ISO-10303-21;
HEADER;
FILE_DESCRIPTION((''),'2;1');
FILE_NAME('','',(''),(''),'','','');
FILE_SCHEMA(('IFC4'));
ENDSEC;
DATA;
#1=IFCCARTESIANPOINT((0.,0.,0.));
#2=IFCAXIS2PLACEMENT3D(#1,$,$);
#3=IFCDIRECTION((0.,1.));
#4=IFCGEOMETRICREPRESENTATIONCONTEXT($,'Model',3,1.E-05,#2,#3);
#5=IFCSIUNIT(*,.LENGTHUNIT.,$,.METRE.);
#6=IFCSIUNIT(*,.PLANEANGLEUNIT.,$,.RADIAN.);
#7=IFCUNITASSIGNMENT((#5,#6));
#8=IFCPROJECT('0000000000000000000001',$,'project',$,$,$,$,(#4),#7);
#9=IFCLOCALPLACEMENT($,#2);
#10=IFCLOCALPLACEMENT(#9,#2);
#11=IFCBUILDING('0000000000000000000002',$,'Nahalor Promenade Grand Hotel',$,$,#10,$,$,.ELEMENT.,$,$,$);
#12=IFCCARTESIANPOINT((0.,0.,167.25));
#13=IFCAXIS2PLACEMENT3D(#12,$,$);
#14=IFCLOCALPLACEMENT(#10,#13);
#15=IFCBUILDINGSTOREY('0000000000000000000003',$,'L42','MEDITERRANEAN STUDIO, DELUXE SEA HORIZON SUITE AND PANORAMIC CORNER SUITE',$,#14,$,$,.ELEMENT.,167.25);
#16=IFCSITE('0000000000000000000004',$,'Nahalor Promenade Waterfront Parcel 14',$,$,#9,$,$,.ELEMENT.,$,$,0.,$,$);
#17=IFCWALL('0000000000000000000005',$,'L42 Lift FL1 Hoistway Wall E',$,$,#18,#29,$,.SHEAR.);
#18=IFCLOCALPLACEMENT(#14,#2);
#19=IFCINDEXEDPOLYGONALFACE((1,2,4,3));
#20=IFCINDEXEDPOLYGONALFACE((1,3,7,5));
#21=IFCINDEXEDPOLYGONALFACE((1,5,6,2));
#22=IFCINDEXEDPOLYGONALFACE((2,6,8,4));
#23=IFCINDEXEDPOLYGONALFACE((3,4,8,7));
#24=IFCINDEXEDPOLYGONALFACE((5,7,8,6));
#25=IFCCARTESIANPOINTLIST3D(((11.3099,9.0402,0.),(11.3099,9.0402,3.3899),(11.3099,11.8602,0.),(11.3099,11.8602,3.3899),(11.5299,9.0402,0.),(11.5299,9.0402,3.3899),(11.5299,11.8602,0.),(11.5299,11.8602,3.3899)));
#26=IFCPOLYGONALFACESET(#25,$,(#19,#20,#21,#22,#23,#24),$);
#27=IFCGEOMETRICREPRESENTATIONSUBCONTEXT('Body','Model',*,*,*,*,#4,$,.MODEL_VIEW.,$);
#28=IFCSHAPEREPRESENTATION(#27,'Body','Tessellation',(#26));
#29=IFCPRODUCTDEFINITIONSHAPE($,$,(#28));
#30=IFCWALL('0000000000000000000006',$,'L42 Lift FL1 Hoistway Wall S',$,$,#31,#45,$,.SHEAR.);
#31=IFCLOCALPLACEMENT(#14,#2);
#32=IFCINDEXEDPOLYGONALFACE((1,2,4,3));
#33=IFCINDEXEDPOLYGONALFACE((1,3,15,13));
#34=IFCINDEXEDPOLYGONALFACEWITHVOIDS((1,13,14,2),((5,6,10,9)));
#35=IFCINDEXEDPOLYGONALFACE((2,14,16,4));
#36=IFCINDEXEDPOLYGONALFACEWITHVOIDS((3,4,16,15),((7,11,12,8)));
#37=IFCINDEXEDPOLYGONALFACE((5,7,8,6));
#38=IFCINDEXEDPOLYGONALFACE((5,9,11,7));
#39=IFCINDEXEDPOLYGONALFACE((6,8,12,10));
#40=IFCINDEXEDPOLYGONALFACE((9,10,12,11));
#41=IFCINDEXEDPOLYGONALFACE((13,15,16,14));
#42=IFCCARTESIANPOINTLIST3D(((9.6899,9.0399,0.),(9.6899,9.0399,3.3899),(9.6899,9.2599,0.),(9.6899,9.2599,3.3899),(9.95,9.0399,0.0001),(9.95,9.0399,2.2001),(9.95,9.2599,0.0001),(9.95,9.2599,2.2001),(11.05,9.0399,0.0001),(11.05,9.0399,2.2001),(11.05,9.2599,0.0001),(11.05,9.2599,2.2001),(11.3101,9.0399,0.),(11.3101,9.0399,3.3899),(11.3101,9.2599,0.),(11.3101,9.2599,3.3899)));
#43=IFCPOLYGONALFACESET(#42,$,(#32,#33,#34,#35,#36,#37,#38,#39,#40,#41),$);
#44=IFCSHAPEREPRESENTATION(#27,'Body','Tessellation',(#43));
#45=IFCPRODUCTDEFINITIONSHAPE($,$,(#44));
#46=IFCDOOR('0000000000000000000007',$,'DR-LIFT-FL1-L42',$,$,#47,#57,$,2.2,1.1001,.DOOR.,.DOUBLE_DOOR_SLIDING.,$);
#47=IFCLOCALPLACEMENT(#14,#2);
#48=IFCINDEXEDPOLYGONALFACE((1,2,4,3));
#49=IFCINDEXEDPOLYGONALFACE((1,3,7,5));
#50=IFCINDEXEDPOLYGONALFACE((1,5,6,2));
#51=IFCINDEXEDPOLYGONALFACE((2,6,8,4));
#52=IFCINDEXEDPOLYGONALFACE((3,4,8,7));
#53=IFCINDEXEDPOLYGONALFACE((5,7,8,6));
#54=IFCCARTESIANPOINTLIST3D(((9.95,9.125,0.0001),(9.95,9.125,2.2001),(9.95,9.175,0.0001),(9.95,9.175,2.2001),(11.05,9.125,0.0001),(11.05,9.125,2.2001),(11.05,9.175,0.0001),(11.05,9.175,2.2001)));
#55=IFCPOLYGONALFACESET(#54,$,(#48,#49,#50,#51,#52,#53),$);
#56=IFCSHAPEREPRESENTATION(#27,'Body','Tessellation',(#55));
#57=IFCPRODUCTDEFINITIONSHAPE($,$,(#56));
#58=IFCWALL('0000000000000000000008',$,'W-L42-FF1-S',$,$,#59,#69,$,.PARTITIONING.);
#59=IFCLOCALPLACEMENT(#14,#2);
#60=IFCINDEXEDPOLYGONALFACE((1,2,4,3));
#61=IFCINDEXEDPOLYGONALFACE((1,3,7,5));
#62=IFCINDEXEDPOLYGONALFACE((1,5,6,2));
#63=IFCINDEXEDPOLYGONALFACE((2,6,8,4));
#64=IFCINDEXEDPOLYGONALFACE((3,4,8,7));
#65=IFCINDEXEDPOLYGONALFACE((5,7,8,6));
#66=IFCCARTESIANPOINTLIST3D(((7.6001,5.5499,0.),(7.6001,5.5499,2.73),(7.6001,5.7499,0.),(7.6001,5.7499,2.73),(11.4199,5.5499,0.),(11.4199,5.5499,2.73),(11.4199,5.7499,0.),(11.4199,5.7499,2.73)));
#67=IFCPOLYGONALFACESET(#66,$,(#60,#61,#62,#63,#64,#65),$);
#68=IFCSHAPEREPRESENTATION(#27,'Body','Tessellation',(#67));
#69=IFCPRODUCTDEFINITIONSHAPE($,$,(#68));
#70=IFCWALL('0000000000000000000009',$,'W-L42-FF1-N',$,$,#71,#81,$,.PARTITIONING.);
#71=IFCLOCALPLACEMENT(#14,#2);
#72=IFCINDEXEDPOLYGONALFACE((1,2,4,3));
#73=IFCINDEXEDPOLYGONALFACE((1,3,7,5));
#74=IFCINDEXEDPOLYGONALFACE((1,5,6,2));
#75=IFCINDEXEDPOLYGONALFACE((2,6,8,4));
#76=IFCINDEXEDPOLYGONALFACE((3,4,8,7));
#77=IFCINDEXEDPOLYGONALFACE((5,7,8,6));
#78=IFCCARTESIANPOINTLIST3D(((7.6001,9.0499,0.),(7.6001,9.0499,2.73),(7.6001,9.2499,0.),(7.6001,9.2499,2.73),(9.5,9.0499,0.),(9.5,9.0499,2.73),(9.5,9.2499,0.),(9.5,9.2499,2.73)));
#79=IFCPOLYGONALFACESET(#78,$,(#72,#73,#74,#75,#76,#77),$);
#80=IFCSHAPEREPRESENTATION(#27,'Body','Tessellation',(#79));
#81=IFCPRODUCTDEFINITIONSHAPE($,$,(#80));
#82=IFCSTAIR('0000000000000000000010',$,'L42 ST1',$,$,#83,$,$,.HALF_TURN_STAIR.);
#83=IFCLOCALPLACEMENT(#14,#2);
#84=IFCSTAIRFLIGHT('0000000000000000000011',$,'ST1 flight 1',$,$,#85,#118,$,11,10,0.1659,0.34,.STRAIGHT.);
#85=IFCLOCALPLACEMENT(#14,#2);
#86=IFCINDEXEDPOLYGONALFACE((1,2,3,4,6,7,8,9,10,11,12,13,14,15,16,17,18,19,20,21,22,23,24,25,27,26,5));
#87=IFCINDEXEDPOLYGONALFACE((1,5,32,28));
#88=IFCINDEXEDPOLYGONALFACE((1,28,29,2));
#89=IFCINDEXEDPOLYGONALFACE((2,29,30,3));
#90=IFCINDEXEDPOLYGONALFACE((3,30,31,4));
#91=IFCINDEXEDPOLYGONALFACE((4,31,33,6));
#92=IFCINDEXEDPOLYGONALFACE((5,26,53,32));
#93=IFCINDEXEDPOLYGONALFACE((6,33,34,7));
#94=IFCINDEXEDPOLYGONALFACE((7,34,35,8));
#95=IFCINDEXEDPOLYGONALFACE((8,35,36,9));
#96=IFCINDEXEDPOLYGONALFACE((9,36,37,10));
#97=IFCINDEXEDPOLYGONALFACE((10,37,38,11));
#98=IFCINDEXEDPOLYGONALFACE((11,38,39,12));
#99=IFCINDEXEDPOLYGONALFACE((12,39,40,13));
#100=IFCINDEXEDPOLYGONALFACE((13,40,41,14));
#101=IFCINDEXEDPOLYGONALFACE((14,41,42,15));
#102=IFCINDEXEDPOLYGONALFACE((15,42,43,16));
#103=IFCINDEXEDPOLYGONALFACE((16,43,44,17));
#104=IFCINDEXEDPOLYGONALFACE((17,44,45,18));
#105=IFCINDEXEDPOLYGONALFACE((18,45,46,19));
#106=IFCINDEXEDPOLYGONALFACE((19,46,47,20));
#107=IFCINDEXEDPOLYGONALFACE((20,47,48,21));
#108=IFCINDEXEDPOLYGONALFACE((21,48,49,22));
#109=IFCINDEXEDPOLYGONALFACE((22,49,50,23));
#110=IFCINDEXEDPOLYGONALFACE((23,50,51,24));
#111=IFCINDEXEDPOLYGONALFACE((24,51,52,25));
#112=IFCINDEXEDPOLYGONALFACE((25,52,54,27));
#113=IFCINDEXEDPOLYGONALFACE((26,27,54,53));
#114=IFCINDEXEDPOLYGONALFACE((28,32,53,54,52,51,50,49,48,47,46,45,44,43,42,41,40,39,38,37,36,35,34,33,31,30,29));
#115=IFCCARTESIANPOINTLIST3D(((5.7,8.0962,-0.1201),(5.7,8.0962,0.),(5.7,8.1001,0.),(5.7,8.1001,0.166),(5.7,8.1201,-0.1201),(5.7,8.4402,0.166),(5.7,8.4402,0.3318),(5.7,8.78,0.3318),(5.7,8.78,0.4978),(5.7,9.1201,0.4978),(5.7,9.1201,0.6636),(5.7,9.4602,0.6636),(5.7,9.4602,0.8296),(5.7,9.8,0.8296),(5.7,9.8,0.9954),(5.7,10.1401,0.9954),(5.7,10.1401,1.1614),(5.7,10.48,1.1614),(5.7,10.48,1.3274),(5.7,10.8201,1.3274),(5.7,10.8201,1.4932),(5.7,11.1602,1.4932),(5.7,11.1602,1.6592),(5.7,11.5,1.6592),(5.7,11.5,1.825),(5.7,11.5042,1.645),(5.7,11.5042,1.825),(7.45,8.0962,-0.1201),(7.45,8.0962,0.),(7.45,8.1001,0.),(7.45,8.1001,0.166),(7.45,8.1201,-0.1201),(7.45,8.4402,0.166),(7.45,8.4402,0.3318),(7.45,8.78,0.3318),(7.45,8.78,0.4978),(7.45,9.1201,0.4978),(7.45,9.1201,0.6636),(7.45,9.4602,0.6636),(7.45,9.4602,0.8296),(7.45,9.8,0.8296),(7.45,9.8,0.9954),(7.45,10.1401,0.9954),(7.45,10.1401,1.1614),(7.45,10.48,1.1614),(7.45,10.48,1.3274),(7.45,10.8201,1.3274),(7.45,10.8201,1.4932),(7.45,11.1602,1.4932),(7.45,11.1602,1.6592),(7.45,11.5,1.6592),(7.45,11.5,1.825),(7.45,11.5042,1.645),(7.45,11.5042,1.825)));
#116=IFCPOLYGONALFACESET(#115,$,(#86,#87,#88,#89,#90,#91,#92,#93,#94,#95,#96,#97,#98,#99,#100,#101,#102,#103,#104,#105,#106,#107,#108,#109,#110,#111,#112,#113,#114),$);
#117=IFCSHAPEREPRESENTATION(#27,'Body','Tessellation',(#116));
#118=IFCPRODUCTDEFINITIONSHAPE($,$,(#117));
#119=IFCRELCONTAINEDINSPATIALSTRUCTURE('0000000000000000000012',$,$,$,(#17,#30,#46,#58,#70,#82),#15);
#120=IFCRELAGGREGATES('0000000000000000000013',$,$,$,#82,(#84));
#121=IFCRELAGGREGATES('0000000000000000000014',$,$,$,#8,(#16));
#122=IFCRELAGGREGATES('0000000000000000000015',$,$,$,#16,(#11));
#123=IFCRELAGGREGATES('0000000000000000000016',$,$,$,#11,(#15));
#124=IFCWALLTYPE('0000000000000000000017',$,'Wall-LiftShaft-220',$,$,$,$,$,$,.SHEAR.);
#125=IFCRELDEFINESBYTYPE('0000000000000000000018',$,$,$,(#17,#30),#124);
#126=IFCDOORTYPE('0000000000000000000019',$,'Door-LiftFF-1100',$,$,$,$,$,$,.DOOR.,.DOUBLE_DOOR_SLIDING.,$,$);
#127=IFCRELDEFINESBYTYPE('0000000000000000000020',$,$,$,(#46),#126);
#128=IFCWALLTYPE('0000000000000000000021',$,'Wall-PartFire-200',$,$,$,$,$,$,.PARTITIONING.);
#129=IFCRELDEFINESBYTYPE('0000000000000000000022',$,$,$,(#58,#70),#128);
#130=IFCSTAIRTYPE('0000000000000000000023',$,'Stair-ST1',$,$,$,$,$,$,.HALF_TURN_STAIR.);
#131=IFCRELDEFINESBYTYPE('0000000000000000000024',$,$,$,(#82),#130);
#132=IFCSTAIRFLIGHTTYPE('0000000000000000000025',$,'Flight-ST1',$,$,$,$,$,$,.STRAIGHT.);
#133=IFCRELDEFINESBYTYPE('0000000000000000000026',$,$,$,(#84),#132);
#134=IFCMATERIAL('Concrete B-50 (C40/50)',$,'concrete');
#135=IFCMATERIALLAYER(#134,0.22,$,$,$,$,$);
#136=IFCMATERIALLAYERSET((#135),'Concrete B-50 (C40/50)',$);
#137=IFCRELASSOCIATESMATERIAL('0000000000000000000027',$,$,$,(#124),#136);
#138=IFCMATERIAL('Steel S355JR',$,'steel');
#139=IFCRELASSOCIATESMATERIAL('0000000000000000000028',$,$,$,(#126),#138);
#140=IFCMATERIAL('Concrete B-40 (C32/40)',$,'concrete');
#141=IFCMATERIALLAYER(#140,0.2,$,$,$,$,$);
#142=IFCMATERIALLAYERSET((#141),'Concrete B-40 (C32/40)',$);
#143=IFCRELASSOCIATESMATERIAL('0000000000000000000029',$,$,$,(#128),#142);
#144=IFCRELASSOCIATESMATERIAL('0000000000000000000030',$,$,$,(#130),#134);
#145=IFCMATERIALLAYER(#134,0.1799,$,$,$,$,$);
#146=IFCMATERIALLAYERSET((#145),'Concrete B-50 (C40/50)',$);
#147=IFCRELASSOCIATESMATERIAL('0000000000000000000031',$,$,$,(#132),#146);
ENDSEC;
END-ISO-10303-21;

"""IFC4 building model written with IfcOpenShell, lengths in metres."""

from ifc_helpers import new_model, si_unit, direction, frame, frame_2d, origin, place, context, subcontext, project, spatial, polyline, rectangle, outline, extrude, source, transform, mapped, material, layer, layer_set, type_object, element, fill, aggregate, save


model = new_model("IFC4")

# Units and contexts
model_context = context("Model", 3, precision=1e-05, world=origin(), true_north=direction((0.0, 1.0)))
body_context = subcontext(model_context, "Body", "Model", "MODEL_VIEW")
ifc_project = project(units=[si_unit("LENGTHUNIT", "METRE"), si_unit("PLANEANGLEUNIT", "RADIAN")], contexts=[model_context])

# Site, building, storey
site_placement = place(None, origin())
site = spatial("IfcSite", under=ifc_project, at=site_placement, Name="Nahalor Promenade Waterfront Parcel 14", CompositionType="ELEMENT", RefElevation=0.0)
building_placement = place(site_placement, origin())
building = spatial("IfcBuilding", under=site, at=building_placement, Name="Nahalor Promenade Grand Hotel", CompositionType="ELEMENT")
storey_placement = place(building_placement, frame((0.0, 0.0, 167.25)))
storey = spatial("IfcBuildingStorey", under=building, at=storey_placement, Name="L42", Description="MEDITERRANEAN STUDIO, DELUXE SEA HORIZON SUITE AND PANORAMIC CORNER SUITE", CompositionType="ELEMENT", Elevation=167.25)

# Shared definitions
ifc_material_1 = material(Name="Steel S355JR", Category="steel")

# Shared definitions
ifc_material_2 = material(Name="Concrete B-50 (C40/50)", Category="concrete")

# Wall
ifc_layer_1 = layer(ifc_material_2, 0.22)
ifc_layer_set_1 = layer_set([ifc_layer_1], Name="Concrete B-50 (C40/50)")
wall_type_1 = type_object("IfcWallType", Name="Wall-LiftShaft-220", PredefinedType="SHEAR", material=ifc_layer_set_1)
shared_shape_1 = source(origin(), body_context, "Body", "SweptSolid", [
    extrude(rectangle(XDim=2.8201, YDim=0.22, at=frame_2d((1.4102, 0.0))), origin(), (0.0, 0.0, 1.0), 3.3899),
])
for number, where, z_axis, x_axis, name in (
    (1, (11.4199, 9.04, 0.0), (0.0, 0.0, 1.0), (0.0, 1.0, 0.0), "L42 Lift FL1 Hoistway Wall E"),
):
    element("IfcWall", number, at=place(storey_placement, frame(where, z_axis=z_axis, x_axis=x_axis)), inside=storey, type_object=wall_type_1, Name=name, PredefinedType="SHEAR", context=body_context, shape_type="MappedRepresentation", body=[
        mapped(shared_shape_1, transform((0.0, 0.0, 0.0), scale=1.0)),
    ])

# Wall, opening, door
shared_shape_2 = source(origin(), body_context, "Body", "SweptSolid", [
    extrude(rectangle(XDim=1.6201, YDim=0.22, at=frame_2d((0.8101, 0.0))), origin(), (0.0, 0.0, 1.0), 3.3899),
])
wall_1_placement = place(storey_placement, frame((9.6899, 9.1499, 0.0), z_axis=(0.0, 0.0, 1.0), x_axis=(1.0, 0.0, 0.0)))
wall_1 = element("IfcWall", 2, at=wall_1_placement, inside=storey, type_object=wall_type_1, Name="L42 Lift FL1 Hoistway Wall S", PredefinedType="SHEAR", context=body_context, shape_type="MappedRepresentation", body=[
    mapped(shared_shape_2, transform((0.0, 0.0, 0.0), scale=1.0)),
])
opening_1_placement = place(wall_1_placement, frame((0.26, 0.0, 0.0)))
opening_1 = element("IfcOpeningElement", 3, at=opening_1_placement, cuts=wall_1, PredefinedType="OPENING", context=body_context, shape_type="SweptSolid", body=[
    extrude(rectangle(XDim=1.1001, YDim=2.2, at=frame_2d((0.55, 1.1001))), frame((0.0, 0.1199, 0.0), z_axis=(0.0, -1.0, 0.0), x_axis=(1.0, 0.0, 0.0)), (0.0, 0.0, 1.0), 0.24),
])
door_type_1 = type_object("IfcDoorType", Name="Door-LiftFF-1100", OperationType="DOUBLE_DOOR_SLIDING", PredefinedType="DOOR", material=ifc_material_1)
shared_shape_3 = source(origin(), body_context, "Body", "SweptSolid", [
    extrude(rectangle(XDim=1.1001, YDim=2.2, at=frame_2d((0.55, 1.1001))), frame((0.0, 0.0249, 0.0), z_axis=(0.0, -1.0, 0.0), x_axis=(1.0, 0.0, 0.0)), (0.0, 0.0, 1.0), 0.05),
])
door_1_placement = place(opening_1_placement, frame((1.1001, 0.0, 0.0), z_axis=(0.0, 0.0, 1.0), x_axis=(-1.0, 0.0, 0.0)))
door_1 = element("IfcDoor", 4, at=door_1_placement, inside=storey, type_object=door_type_1, Name="DR-LIFT-FL1-L42", OperationType="DOUBLE_DOOR_SLIDING", OverallHeight=2.2, OverallWidth=1.1001, PredefinedType="DOOR", context=body_context, shape_type="MappedRepresentation", body=[
    mapped(shared_shape_3, transform((0.0, 0.0, 0.0), scale=1.0)),
])
fill(opening_1, door_1)

# Walls
ifc_material_3 = material(Name="Concrete B-40 (C32/40)", Category="concrete")
ifc_layer_2 = layer(ifc_material_3, 0.2)
ifc_layer_set_2 = layer_set([ifc_layer_2], Name="Concrete B-40 (C32/40)")
wall_type_2 = type_object("IfcWallType", Name="Wall-PartFire-200", PredefinedType="PARTITIONING", material=ifc_layer_set_2)
shared_shape_4 = source(origin(), body_context, "Body", "SweptSolid", [
    extrude(rectangle(XDim=3.8198, YDim=0.2, at=frame_2d((1.9099, 0.0))), origin(), (0.0, 0.0, 1.0), 2.73),
])
wall_2_placement = place(storey_placement, frame((7.6001, 5.6499, 0.0), z_axis=(0.0, 0.0, 1.0), x_axis=(1.0, 0.0, 0.0)))
element("IfcWall", 5, at=wall_2_placement, inside=storey, type_object=wall_type_2, Name="W-L42-FF1-S", PredefinedType="PARTITIONING", context=body_context, shape_type="MappedRepresentation", body=[
    mapped(shared_shape_4, transform((0.0, 0.0, 0.0), scale=1.0)),
])
shared_shape_5 = source(origin(), body_context, "Body", "SweptSolid", [
    extrude(rectangle(XDim=1.8999, YDim=0.2, at=frame_2d((0.95, 0.0))), origin(), (0.0, 0.0, 1.0), 2.73),
])
wall_3_placement = place(storey_placement, frame((7.6001, 9.1499, 0.0), z_axis=(0.0, 0.0, 1.0), x_axis=(1.0, 0.0, 0.0)))
element("IfcWall", 6, at=wall_3_placement, inside=storey, type_object=wall_type_2, Name="W-L42-FF1-N", PredefinedType="PARTITIONING", context=body_context, shape_type="MappedRepresentation", body=[
    mapped(shared_shape_5, transform((0.0, 0.0, 0.0), scale=1.0)),
])

# Stair, stair flight
stair_type = type_object("IfcStairType", Name="Stair-ST1", PredefinedType="HALF_TURN_STAIR", material=ifc_material_2)
stair_placement = place(storey_placement, origin())
stair = element("IfcStair", 7, at=stair_placement, inside=storey, type_object=stair_type, Name="L42 ST1", PredefinedType="HALF_TURN_STAIR")
ifc_layer_3 = layer(ifc_material_2, 0.1799)
ifc_layer_set_3 = layer_set([ifc_layer_3], Name="Concrete B-50 (C40/50)")
stair_flight_type = type_object("IfcStairFlightType", Name="Flight-ST1", PredefinedType="STRAIGHT", material=ifc_layer_set_3)
shared_shape_6 = source(origin(), body_context, "Body", "SweptSolid", [
    extrude(outline(polyline([(-0.0039, -0.1201), (-0.0039, 0.0), (0.0, 0.0), (0.0, 0.166), (0.3401, 0.166), (0.3401, 0.3318), (0.6799, 0.3318), (0.6799, 0.4978), (1.02, 0.4978), (1.02, 0.6636), (1.3601, 0.6636), (1.3601, 0.8296), (1.7, 0.8296), (1.7, 0.9954), (2.04, 0.9954), (2.04, 1.1614), (2.3799, 1.1614), (2.3799, 1.3274), (2.72, 1.3274), (2.72, 1.4932), (3.0601, 1.4932), (3.0601, 1.6592), (3.3999, 1.6592), (3.3999, 1.825), (3.4041, 1.825), (3.4041, 1.645), (0.02, -0.1201), (-0.0039, -0.1201)])), frame((0.0, 0.875, 0.0), z_axis=(0.0, -1.0, 0.0), x_axis=(1.0, 0.0, 0.0)), (0.0, 0.0, 1.0), 1.75),
])
stair_flight_placement = place(storey_placement, frame((6.575, 8.1001, 0.0), z_axis=(0.0, 0.0, 1.0), x_axis=(0.0, 1.0, 0.0)))
stair_flight = element("IfcStairFlight", 8, at=stair_flight_placement, type_object=stair_flight_type, Name="ST1 flight 1", NumberOfRisers=11, NumberOfTreads=10, PredefinedType="STRAIGHT", RiserHeight=0.1659, TreadLength=0.34, context=body_context, shape_type="MappedRepresentation", body=[
    mapped(shared_shape_6, transform((0.0, 0.0, 0.0), scale=1.0)),
])
aggregate(stair, [stair_flight])

save(model, "model.ifc")
